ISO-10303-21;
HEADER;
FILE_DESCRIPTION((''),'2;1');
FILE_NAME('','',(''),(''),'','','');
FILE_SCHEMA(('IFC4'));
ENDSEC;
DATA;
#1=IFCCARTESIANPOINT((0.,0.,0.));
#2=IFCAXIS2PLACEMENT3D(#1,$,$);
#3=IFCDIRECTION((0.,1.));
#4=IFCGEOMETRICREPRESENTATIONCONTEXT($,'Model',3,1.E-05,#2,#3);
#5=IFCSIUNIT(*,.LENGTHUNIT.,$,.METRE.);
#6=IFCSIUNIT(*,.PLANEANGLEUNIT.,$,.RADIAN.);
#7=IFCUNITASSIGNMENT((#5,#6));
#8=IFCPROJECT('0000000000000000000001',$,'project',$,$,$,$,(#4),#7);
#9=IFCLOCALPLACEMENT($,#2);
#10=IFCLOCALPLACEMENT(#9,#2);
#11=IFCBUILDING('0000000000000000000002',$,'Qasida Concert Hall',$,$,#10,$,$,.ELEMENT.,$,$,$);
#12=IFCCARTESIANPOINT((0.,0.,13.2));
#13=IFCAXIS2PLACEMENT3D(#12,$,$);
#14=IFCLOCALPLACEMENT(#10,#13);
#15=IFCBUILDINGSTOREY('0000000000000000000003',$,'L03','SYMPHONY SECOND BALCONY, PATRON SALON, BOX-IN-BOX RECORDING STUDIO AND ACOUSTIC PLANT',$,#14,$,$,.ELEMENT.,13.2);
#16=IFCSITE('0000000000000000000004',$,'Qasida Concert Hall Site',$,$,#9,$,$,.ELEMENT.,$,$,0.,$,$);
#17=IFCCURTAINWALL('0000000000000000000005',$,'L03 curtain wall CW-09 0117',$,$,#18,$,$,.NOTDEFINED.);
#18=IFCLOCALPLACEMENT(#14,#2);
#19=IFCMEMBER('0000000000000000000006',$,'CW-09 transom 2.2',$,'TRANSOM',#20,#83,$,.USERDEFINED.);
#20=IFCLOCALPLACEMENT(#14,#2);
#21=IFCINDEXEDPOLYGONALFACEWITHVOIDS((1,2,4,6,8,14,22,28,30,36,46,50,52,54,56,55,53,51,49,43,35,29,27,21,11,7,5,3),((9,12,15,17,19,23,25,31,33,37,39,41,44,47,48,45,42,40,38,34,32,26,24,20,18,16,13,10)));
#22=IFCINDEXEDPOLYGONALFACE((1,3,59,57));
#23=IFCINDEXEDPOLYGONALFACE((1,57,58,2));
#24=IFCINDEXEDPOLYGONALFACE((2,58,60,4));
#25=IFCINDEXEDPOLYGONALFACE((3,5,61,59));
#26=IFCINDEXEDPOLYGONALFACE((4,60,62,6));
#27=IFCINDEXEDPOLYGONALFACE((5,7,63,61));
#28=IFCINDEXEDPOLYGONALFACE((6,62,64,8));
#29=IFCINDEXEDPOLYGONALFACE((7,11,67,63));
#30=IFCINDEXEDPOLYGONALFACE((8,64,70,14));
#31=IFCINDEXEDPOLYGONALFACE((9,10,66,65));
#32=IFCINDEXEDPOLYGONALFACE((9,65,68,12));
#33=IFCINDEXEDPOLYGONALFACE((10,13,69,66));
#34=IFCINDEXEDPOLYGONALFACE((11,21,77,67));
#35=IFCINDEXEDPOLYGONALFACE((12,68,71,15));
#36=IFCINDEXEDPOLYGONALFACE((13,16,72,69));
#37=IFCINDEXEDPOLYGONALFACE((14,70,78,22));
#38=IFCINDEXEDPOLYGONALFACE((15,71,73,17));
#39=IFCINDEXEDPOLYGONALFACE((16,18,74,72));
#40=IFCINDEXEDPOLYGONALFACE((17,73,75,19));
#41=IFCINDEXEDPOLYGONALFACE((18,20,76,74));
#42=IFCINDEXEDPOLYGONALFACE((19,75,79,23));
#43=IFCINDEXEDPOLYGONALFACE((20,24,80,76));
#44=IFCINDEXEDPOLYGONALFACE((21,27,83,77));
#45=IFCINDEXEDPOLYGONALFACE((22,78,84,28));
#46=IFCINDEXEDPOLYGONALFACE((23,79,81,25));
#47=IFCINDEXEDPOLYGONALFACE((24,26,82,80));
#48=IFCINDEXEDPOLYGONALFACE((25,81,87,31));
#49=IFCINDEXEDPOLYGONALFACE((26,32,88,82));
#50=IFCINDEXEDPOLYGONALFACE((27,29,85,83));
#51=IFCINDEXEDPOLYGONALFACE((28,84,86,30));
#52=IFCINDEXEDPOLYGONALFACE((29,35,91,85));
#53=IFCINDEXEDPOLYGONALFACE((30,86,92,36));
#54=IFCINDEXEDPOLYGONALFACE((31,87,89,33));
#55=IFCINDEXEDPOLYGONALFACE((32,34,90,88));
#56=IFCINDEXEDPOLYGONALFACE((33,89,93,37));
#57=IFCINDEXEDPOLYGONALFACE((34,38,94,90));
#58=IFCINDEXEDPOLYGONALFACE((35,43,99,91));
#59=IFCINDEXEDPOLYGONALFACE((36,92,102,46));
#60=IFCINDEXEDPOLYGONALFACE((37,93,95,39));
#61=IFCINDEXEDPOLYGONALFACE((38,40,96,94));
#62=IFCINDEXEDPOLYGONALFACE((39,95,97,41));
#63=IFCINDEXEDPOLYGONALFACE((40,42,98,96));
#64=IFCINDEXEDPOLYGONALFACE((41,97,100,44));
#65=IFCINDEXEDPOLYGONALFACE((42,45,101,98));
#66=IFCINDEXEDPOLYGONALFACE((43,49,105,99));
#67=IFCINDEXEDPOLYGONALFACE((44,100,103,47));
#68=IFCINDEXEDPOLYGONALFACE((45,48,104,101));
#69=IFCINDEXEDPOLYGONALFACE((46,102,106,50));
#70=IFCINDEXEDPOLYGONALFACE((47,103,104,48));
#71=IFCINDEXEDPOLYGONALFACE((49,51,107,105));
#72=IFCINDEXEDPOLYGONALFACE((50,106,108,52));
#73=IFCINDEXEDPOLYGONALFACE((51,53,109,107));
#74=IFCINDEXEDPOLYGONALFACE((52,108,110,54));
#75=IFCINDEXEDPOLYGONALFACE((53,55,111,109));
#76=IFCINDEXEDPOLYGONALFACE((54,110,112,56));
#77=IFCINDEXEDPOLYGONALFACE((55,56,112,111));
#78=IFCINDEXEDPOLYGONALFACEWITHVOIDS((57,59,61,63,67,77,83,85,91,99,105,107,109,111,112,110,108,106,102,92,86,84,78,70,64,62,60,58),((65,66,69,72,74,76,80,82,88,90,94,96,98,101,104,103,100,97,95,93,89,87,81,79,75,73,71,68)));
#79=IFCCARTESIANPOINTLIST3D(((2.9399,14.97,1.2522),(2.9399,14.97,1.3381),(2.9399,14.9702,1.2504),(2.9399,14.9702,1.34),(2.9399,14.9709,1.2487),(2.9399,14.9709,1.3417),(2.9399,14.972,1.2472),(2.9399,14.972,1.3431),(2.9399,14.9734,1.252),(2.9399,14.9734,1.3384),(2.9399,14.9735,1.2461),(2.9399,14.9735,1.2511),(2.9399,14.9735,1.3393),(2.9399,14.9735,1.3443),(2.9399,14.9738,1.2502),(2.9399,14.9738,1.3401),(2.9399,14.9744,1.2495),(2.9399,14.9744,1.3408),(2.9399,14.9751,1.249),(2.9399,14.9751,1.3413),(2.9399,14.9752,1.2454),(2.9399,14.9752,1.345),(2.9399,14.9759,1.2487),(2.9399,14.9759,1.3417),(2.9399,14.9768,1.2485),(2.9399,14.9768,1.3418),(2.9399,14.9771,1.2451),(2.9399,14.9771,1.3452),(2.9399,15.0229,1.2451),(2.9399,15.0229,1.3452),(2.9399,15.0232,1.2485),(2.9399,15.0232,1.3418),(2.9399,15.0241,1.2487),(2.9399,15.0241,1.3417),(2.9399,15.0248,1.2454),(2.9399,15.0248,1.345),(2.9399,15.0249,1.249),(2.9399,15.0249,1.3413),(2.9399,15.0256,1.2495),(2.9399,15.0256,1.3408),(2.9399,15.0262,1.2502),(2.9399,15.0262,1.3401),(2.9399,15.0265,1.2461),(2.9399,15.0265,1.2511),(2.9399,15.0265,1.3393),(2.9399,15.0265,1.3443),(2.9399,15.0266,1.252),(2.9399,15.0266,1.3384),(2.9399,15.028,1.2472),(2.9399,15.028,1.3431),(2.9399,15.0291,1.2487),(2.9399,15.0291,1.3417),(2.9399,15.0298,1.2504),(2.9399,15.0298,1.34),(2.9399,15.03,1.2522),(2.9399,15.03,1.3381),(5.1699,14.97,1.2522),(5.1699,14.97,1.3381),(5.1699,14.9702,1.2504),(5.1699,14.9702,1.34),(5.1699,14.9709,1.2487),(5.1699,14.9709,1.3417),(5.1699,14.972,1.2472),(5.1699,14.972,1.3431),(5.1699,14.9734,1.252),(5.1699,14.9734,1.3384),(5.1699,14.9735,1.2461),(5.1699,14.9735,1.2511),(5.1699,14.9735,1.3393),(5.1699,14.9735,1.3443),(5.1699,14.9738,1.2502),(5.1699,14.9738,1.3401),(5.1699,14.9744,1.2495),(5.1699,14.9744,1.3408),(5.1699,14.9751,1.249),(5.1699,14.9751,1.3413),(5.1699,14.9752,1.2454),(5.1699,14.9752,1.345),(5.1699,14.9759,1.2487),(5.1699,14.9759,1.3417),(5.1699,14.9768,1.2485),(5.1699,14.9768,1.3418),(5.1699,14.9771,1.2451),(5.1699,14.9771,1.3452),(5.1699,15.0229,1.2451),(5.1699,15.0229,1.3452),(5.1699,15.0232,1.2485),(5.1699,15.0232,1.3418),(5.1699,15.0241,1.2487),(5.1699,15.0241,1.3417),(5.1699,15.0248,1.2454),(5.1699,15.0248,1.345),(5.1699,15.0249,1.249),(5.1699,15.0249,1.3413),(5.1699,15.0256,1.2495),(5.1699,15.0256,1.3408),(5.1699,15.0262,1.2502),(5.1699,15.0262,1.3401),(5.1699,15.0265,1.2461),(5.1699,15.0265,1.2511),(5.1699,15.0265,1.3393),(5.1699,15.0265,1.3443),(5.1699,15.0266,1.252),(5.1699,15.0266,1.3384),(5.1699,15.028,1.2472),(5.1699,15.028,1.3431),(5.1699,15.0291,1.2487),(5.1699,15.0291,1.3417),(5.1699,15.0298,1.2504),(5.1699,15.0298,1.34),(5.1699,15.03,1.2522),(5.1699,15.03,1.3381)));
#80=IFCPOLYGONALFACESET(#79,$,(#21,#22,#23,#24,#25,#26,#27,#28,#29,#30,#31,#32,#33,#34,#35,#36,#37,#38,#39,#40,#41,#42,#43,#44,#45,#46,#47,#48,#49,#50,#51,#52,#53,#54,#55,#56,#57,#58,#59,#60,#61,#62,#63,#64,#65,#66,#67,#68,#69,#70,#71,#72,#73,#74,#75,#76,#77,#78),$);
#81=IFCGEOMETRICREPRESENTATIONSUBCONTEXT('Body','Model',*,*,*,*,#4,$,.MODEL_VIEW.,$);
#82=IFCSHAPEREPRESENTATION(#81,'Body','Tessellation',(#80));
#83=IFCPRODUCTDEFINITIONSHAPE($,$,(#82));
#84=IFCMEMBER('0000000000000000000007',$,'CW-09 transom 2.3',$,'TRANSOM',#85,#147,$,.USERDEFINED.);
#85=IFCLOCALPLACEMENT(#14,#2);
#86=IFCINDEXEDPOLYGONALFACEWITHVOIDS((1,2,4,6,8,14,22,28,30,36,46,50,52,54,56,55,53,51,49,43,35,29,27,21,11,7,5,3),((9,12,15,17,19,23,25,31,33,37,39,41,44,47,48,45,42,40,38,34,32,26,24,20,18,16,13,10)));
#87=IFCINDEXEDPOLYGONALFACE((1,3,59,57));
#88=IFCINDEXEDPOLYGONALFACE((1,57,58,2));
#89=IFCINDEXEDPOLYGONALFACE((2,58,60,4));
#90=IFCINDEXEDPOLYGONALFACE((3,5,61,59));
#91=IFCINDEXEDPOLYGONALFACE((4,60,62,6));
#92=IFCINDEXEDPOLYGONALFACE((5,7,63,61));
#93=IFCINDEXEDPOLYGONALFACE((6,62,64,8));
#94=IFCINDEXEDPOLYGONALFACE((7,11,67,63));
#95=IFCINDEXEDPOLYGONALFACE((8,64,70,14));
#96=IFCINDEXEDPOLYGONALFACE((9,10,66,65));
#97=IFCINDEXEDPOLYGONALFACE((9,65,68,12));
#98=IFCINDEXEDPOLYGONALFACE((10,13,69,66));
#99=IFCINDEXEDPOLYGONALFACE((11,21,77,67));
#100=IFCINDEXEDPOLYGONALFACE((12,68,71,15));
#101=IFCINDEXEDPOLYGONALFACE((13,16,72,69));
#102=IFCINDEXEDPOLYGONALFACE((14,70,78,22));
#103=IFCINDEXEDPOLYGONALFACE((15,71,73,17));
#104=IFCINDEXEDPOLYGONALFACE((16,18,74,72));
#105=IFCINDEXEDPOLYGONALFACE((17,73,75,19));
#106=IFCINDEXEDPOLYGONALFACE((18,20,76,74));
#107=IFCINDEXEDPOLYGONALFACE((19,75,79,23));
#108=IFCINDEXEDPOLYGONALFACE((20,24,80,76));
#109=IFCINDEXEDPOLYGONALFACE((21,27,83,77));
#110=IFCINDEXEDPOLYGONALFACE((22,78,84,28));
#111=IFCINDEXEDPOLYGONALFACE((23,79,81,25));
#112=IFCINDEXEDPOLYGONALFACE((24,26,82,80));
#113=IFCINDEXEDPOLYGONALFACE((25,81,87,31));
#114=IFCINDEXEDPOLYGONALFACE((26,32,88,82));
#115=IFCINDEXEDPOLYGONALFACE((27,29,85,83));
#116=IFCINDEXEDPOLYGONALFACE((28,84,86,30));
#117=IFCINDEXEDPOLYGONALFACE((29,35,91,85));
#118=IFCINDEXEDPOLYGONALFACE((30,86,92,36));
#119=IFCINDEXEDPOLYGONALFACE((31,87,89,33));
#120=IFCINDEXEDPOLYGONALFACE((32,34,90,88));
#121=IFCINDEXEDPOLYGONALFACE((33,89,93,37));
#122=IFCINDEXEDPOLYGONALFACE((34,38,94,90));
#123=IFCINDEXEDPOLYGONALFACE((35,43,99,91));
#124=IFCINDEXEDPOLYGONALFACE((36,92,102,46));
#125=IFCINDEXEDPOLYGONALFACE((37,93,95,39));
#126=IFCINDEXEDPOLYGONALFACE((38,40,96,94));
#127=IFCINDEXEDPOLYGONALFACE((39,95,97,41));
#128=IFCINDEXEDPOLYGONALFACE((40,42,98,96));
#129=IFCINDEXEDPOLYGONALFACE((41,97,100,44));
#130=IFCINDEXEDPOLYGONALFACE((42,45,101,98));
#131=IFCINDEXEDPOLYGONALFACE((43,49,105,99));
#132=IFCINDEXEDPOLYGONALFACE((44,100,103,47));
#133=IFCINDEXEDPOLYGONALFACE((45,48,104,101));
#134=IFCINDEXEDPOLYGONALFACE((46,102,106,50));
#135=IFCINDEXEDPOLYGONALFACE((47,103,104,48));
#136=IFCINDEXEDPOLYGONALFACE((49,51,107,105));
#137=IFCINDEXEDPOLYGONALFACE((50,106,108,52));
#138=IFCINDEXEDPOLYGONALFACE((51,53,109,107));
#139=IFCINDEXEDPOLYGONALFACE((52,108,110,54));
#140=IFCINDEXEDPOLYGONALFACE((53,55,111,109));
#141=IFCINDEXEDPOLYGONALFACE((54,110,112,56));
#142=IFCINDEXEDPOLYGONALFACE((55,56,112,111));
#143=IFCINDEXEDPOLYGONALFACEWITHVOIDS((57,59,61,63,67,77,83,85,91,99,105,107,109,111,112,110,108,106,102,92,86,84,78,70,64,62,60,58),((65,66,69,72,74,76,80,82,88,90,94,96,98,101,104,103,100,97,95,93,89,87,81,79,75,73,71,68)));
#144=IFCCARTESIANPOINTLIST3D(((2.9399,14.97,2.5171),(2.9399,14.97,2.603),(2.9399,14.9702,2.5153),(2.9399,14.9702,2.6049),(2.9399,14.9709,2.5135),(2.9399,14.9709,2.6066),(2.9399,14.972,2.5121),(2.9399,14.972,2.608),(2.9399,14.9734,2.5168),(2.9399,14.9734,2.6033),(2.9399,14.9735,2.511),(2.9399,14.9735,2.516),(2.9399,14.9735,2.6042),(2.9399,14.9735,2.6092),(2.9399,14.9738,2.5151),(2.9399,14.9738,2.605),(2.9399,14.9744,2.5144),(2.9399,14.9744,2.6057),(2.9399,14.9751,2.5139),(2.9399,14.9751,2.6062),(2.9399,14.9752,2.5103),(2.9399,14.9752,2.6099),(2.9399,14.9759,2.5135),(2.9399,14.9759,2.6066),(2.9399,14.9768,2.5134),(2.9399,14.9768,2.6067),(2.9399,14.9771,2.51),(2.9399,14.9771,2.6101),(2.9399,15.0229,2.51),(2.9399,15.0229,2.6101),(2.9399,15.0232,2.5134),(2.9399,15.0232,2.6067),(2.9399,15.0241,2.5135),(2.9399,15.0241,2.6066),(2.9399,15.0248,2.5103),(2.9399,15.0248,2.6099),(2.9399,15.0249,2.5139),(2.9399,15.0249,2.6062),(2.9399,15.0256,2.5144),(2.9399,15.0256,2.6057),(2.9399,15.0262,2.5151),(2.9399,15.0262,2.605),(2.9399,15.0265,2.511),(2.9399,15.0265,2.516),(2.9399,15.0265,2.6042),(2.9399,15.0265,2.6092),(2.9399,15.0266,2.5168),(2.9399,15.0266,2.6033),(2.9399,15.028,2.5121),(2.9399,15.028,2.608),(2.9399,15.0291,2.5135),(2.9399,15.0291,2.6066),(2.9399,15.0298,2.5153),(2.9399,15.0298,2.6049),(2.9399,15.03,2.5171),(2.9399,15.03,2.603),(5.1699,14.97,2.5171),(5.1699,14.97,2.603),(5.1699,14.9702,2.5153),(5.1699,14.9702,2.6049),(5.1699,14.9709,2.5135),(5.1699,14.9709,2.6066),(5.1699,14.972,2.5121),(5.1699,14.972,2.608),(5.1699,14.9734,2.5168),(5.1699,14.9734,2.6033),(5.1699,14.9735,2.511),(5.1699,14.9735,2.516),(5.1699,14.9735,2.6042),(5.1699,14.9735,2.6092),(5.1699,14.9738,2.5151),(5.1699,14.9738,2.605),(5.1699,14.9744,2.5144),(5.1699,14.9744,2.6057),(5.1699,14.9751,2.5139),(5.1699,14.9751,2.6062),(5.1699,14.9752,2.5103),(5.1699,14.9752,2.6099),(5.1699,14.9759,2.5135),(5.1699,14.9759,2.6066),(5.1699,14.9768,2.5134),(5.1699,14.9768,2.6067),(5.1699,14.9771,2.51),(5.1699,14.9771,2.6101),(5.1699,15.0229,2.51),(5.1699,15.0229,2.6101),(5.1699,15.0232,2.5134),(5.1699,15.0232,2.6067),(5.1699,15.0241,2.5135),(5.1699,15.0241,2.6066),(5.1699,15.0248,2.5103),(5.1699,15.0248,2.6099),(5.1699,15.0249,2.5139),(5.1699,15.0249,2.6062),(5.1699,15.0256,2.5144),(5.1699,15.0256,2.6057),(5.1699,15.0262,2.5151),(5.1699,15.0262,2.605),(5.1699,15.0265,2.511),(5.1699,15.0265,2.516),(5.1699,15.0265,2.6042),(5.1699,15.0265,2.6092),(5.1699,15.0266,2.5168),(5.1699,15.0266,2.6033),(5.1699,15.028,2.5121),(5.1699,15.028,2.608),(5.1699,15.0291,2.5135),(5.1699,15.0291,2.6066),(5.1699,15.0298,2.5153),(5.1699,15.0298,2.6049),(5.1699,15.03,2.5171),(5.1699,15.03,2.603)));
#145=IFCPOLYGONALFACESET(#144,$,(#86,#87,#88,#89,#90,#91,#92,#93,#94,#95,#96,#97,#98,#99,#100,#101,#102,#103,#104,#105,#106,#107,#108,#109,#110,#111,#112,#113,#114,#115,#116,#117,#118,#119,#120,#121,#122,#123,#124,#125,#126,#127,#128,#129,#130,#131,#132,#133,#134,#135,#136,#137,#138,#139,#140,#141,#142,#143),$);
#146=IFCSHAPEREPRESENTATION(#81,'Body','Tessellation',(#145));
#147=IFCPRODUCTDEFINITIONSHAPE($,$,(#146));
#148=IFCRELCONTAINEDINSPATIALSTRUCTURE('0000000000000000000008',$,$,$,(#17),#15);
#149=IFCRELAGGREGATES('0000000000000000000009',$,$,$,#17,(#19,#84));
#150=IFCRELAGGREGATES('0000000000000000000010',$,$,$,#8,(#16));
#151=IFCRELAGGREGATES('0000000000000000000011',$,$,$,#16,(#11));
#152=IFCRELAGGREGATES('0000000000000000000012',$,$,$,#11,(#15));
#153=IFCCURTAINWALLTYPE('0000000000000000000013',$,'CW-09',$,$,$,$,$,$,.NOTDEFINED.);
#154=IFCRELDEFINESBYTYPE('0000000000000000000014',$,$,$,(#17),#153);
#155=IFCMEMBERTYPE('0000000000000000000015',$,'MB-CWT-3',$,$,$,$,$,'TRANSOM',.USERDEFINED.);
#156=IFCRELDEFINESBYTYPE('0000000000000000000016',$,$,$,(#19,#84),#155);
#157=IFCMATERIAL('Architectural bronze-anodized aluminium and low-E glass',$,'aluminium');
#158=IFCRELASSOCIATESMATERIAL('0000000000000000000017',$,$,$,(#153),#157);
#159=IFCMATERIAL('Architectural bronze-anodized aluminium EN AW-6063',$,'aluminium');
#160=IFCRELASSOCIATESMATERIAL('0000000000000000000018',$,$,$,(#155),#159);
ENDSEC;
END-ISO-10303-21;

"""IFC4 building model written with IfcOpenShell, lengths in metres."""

from ifc_helpers import new_model, si_unit, direction, frame, origin, origin_2d, place, context, subcontext, project, spatial, hollow_rectangle, extrude, material, material_profile, profile_set, type_object, element, aggregate, save


model = new_model("IFC4")

# Units and contexts
model_context = context("Model", 3, precision=1e-05, world=origin(), true_north=direction((0.0, 1.0)))
body_context = subcontext(model_context, "Body", "Model", "MODEL_VIEW")
ifc_project = project(units=[si_unit("LENGTHUNIT", "METRE"), si_unit("PLANEANGLEUNIT", "RADIAN")], contexts=[model_context])

# Site, building, storey
site_placement = place(None, origin())
site = spatial("IfcSite", under=ifc_project, at=site_placement, Name="Qasida Concert Hall Site", CompositionType="ELEMENT", RefElevation=0.0)
building_placement = place(site_placement, origin())
building = spatial("IfcBuilding", under=site, at=building_placement, Name="Qasida Concert Hall", CompositionType="ELEMENT")
storey_placement = place(building_placement, frame((0.0, 0.0, 13.2)))
storey = spatial("IfcBuildingStorey", under=building, at=storey_placement, Name="L03", Description="SYMPHONY SECOND BALCONY, PATRON SALON, BOX-IN-BOX RECORDING STUDIO AND ACOUSTIC PLANT", CompositionType="ELEMENT", Elevation=13.2)

# Curtain wall, members
ifc_material_1 = material(Name="Architectural bronze-anodized aluminium and low-E glass", Category="aluminium")
curtain_wall_type = type_object("IfcCurtainWallType", Name="CW-09", PredefinedType="NOTDEFINED", material=ifc_material_1)
curtain_wall_placement = place(storey_placement, origin())
curtain_wall = element("IfcCurtainWall", 1, at=curtain_wall_placement, inside=storey, type_object=curtain_wall_type, Name="L03 curtain wall CW-09 0117", PredefinedType="NOTDEFINED")
ifc_material_2 = material(Name="Architectural bronze-anodized aluminium EN AW-6063", Category="aluminium")
ifc_material_profile_1 = material_profile(ifc_material_2, hollow_rectangle(XDim=0.0601, YDim=0.1001, WallThickness=0.0034, InnerFilletRadius=0.0034, OuterFilletRadius=0.0071, at=origin_2d()), Name="CWT 100x60x3.5")
ifc_profile_set_1 = profile_set([ifc_material_profile_1], Name="Architectural bronze-anodized aluminium EN AW-6063")
member_type_1 = type_object("IfcMemberType", Name="MB-CWT-3", ElementType="TRANSOM", PredefinedType="USERDEFINED", material=ifc_profile_set_1)
member_1_placement = place(storey_placement, frame((2.9399, 15.0, 1.2952), z_axis=(1.0, 0.0, 0.0), x_axis=(0.0, 1.0, 0.0)))
member_1 = element("IfcMember", 2, at=member_1_placement, type_object=member_type_1, Name="CW-09 transom 2.2", ObjectType="TRANSOM", PredefinedType="USERDEFINED", context=body_context, shape_type="SweptSolid", body=[
    extrude(hollow_rectangle(XDim=0.0601, YDim=0.1001, WallThickness=0.0034, InnerFilletRadius=0.0034, OuterFilletRadius=0.0071, at=origin_2d()), origin(), (0.0, 0.0, 1.0), 2.23),
])
member_2_placement = place(storey_placement, frame((2.9399, 15.0, 2.5601), z_axis=(1.0, 0.0, 0.0), x_axis=(0.0, 1.0, 0.0)))
member_2 = element("IfcMember", 3, at=member_2_placement, type_object=member_type_1, Name="CW-09 transom 2.3", ObjectType="TRANSOM", PredefinedType="USERDEFINED", context=body_context, shape_type="SweptSolid", body=[
    extrude(hollow_rectangle(XDim=0.0601, YDim=0.1001, WallThickness=0.0034, InnerFilletRadius=0.0034, OuterFilletRadius=0.0071, at=origin_2d()), origin(), (0.0, 0.0, 1.0), 2.23),
])
aggregate(curtain_wall, [member_1, member_2])

save(model, "model.ifc")
